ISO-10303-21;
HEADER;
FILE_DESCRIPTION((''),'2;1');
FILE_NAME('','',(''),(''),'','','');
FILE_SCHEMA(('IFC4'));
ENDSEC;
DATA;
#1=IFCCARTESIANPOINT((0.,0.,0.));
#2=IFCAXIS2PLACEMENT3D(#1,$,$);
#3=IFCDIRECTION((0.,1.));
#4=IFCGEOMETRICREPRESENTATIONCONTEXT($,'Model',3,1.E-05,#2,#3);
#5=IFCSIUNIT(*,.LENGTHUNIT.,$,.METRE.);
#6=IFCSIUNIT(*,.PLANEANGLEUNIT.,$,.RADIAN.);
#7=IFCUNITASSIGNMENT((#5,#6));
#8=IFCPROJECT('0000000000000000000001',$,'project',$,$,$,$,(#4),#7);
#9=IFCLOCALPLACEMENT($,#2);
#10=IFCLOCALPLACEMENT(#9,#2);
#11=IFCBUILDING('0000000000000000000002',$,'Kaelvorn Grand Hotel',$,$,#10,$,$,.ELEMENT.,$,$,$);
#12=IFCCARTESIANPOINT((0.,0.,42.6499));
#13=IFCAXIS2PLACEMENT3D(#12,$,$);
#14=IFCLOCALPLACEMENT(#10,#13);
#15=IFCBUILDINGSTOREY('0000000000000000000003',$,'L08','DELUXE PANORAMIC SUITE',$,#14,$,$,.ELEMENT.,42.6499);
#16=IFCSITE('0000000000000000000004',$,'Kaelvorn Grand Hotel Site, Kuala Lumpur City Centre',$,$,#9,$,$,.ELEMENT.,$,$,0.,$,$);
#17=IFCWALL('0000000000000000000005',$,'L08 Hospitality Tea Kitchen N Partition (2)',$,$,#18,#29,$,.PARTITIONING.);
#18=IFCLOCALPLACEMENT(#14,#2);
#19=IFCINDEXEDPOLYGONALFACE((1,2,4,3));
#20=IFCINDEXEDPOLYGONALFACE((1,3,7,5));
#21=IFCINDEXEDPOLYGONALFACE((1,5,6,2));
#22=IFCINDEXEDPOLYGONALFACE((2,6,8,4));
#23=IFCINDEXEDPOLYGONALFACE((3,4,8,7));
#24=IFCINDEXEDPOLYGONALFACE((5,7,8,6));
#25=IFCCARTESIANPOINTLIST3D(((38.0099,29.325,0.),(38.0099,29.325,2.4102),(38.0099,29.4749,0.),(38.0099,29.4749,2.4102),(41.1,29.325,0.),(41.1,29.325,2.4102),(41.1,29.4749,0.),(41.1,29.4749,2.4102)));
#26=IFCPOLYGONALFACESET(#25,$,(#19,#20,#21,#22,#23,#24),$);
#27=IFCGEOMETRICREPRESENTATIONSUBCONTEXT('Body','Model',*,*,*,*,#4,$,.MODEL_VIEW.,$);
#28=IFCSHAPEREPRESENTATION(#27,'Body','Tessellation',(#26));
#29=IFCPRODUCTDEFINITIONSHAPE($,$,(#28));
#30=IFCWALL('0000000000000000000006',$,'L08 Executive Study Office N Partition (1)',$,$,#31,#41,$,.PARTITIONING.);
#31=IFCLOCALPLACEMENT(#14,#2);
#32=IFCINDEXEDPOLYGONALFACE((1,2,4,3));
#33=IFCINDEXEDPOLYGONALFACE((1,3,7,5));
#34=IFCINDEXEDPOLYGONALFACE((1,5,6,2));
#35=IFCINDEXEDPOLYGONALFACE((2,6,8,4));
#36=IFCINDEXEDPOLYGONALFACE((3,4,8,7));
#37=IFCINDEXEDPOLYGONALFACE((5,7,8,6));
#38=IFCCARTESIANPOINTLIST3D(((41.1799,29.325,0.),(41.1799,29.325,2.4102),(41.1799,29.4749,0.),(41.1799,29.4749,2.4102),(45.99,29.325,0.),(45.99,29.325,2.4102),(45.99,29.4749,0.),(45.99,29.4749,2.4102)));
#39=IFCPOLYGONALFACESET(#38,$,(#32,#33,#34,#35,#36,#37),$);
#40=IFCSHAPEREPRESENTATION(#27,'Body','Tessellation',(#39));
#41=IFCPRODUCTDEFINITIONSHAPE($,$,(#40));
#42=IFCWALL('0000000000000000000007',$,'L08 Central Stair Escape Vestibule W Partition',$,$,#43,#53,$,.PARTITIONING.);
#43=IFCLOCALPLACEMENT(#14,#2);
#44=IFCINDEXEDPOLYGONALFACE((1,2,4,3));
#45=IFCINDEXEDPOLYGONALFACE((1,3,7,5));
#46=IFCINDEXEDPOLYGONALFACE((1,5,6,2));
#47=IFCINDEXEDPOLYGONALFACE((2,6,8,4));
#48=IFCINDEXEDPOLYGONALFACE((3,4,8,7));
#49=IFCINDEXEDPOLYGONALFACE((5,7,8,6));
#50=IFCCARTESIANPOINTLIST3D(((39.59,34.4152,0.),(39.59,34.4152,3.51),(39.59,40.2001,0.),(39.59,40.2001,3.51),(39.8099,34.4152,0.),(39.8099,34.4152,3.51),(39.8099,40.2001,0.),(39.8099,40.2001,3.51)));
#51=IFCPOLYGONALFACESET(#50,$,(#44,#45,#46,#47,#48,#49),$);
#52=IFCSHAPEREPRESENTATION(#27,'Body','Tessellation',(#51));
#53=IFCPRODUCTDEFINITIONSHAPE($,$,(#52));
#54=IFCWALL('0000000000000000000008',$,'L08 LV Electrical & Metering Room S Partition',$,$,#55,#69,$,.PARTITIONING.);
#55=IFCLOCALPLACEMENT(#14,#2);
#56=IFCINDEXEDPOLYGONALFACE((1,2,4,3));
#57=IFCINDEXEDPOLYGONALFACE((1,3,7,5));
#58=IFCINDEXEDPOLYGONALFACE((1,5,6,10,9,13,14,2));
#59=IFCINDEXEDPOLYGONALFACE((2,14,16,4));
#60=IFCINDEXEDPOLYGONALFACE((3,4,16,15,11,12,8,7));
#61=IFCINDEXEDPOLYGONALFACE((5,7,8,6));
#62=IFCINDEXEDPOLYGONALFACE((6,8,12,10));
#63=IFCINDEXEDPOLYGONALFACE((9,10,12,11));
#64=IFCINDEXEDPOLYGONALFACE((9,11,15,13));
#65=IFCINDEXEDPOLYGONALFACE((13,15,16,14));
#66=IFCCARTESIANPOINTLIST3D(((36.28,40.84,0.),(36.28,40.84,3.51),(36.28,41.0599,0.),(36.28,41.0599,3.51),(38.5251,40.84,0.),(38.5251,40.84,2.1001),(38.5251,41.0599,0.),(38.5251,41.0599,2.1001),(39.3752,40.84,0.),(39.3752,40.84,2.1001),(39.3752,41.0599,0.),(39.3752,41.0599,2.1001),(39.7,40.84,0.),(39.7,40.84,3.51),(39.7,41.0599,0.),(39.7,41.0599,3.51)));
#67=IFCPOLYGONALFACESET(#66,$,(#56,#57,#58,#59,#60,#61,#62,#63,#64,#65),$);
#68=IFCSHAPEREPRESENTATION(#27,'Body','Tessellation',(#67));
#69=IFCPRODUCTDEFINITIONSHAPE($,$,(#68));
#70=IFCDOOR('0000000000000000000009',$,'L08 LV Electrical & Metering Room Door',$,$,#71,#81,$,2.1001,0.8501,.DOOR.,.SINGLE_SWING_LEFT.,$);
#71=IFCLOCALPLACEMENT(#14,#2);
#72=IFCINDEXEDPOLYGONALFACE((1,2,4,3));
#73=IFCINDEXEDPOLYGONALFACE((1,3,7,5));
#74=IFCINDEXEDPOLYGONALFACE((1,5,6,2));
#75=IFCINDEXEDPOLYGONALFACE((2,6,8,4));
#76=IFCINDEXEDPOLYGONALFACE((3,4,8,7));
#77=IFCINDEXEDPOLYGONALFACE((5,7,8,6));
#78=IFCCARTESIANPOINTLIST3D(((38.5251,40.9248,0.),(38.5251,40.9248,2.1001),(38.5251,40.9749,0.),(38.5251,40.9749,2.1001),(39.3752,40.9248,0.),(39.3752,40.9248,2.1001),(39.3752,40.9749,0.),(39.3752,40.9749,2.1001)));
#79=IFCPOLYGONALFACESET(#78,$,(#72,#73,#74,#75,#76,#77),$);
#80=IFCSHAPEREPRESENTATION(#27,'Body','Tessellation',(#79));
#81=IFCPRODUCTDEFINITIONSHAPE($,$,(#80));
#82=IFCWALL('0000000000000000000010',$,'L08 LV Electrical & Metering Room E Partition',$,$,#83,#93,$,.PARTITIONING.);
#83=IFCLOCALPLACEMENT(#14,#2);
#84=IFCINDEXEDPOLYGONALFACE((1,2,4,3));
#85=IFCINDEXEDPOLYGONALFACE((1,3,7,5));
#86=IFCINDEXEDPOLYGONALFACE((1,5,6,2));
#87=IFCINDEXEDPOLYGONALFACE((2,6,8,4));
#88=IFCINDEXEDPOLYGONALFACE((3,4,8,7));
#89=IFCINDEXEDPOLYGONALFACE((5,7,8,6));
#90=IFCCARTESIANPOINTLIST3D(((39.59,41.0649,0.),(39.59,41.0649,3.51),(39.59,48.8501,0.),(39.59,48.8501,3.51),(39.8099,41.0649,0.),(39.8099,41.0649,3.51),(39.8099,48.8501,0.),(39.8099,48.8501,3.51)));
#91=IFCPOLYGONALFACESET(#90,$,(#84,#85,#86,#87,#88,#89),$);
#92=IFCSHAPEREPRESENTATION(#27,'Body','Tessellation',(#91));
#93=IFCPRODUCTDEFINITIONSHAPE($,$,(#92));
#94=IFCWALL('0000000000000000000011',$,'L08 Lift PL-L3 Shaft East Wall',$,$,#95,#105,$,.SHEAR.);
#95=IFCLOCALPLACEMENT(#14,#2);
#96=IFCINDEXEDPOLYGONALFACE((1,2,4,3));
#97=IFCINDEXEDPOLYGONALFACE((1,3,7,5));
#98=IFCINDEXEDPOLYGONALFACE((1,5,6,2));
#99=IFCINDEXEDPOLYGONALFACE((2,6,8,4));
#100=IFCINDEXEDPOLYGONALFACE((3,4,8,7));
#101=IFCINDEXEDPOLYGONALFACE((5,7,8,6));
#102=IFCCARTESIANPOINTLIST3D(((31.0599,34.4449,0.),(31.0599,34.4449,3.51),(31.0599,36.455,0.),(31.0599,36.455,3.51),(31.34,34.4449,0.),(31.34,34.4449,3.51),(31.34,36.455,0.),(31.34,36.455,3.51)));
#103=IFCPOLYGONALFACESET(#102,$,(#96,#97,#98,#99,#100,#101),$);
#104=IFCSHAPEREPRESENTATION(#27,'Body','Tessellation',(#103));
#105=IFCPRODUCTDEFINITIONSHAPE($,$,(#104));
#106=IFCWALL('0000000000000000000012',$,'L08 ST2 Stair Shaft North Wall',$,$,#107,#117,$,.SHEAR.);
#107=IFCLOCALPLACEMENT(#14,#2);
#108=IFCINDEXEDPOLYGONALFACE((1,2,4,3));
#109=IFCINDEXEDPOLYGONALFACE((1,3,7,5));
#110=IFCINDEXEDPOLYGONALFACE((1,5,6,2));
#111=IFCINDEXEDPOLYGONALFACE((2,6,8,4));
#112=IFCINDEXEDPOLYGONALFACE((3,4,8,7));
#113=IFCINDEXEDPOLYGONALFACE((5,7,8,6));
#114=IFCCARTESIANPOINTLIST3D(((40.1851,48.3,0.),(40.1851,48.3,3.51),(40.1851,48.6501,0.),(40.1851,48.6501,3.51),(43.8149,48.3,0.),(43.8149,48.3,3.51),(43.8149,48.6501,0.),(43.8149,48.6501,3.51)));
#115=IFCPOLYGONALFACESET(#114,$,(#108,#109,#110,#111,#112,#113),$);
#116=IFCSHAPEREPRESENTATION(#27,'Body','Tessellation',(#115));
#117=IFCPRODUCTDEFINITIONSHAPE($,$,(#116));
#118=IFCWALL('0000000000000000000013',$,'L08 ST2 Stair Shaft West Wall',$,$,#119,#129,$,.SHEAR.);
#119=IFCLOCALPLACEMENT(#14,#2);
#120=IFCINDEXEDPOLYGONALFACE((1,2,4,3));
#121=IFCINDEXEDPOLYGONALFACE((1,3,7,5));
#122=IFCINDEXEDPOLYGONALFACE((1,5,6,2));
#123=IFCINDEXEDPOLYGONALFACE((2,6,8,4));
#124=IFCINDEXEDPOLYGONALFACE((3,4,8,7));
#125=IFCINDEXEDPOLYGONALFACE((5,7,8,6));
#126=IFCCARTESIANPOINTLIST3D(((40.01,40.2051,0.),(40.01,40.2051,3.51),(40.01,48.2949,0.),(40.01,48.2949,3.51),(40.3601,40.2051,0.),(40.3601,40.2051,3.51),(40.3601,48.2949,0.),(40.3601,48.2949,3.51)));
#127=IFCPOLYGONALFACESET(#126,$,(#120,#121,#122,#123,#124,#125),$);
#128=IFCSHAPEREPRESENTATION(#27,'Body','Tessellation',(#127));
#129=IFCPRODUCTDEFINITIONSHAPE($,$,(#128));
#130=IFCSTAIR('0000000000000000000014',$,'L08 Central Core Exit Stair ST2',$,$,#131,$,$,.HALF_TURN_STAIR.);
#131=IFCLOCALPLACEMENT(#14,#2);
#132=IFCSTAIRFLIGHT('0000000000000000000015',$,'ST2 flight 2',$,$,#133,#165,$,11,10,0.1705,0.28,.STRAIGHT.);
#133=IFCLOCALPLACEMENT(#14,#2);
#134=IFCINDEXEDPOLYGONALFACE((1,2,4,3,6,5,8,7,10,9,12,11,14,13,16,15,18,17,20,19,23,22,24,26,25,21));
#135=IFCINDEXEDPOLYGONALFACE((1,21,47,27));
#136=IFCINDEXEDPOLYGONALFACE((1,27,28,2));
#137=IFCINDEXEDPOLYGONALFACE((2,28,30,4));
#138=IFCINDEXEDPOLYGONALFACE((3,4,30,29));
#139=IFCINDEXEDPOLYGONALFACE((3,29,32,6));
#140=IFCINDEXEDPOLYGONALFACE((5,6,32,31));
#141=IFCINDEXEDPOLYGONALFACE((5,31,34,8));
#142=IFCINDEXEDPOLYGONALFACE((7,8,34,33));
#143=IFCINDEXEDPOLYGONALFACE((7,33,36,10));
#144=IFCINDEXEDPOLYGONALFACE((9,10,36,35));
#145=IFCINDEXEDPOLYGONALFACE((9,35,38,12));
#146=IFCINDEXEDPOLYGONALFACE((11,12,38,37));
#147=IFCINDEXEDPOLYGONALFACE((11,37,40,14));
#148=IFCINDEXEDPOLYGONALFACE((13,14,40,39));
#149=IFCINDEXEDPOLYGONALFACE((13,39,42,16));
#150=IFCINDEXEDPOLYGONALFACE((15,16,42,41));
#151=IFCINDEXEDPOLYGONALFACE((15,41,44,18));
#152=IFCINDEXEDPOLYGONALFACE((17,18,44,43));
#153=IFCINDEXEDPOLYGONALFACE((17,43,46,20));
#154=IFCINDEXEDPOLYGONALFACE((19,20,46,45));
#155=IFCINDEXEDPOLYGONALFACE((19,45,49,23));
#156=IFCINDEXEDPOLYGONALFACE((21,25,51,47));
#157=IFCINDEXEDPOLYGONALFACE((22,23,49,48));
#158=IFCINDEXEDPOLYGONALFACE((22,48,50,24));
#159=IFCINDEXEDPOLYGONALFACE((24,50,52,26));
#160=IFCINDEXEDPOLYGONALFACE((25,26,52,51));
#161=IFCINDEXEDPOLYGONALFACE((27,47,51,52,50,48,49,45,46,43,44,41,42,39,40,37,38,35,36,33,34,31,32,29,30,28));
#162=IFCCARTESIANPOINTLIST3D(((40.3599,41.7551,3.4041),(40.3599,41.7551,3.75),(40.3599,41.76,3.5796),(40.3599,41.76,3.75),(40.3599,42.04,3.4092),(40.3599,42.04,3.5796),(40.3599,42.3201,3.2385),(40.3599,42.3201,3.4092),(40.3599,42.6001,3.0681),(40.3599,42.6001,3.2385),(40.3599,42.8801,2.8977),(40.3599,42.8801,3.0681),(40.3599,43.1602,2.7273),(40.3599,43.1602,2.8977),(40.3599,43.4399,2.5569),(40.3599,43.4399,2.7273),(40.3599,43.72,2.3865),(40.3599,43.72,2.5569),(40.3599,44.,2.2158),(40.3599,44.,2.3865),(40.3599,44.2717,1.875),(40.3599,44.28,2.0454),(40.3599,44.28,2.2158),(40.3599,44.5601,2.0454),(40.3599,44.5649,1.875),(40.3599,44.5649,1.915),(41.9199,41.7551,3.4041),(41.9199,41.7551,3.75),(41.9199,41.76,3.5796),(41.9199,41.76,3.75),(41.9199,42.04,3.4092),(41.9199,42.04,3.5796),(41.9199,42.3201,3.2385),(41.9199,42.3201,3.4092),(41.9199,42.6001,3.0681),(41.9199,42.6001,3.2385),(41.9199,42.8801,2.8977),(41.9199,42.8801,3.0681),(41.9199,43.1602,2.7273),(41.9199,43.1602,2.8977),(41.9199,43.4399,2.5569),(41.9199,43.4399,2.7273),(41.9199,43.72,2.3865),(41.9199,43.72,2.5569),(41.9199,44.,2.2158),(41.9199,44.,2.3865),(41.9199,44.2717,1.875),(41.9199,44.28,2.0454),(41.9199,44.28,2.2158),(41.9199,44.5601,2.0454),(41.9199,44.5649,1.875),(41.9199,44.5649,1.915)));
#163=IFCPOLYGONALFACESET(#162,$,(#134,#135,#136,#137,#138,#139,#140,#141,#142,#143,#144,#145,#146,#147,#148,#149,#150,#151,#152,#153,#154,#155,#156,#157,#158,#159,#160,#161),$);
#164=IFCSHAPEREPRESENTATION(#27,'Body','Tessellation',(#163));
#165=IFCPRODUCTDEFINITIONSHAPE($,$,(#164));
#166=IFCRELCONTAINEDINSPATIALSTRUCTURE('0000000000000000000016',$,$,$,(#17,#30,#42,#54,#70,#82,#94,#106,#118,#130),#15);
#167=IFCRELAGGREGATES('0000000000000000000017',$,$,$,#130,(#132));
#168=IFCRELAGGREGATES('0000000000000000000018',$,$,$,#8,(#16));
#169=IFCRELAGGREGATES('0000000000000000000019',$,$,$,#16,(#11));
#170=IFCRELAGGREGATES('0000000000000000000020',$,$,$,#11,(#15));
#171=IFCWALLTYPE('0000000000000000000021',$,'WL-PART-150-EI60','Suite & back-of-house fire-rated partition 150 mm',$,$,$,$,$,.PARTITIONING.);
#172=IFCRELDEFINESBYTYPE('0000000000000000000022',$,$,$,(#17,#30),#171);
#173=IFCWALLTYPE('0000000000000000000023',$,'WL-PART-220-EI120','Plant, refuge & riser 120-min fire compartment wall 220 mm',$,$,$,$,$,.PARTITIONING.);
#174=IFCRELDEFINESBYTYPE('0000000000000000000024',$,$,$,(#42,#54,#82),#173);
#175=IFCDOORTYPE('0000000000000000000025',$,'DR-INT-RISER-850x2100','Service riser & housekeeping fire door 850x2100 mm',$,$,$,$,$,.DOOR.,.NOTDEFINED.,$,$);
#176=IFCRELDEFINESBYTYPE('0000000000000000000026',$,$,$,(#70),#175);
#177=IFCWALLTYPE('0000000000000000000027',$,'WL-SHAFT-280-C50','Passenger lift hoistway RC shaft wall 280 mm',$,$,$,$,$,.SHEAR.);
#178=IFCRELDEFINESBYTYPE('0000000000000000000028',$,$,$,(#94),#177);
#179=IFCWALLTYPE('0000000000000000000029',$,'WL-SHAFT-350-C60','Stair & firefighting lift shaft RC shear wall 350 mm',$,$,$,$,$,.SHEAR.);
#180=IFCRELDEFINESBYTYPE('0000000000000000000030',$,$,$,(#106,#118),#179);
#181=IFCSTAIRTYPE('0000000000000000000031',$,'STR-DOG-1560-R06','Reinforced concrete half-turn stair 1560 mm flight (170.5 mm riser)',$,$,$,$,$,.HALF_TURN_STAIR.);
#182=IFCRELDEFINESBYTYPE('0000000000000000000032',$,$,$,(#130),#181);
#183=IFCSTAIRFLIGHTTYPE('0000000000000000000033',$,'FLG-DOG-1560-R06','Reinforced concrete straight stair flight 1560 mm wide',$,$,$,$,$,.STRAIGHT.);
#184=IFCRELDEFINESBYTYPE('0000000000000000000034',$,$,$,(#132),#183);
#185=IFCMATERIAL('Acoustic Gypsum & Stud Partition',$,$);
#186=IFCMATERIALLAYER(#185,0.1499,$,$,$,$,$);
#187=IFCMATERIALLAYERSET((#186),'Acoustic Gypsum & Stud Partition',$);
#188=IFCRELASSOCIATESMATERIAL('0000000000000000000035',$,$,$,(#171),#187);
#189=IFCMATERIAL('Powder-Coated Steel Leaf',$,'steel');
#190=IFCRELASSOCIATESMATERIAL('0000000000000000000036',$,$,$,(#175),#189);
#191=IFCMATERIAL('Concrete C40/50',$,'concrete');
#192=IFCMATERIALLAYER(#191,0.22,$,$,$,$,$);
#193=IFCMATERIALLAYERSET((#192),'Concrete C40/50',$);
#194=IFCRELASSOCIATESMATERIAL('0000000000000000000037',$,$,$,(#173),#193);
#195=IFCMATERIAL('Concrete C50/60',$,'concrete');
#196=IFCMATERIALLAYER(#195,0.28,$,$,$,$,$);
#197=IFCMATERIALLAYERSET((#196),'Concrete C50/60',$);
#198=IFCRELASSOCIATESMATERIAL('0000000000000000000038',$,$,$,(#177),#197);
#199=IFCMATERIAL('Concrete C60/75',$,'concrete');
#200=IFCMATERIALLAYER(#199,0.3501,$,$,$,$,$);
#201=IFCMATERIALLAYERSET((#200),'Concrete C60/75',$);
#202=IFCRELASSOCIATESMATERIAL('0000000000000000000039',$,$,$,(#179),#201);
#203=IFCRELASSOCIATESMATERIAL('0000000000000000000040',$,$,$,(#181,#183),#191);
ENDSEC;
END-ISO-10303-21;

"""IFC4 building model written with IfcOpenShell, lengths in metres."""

from ifc_helpers import new_model, si_unit, direction, frame, frame_2d, origin, place, context, subcontext, project, spatial, polyline, rectangle, outline, extrude, material, layer, layer_set, type_object, element, fill, aggregate, save


model = new_model("IFC4")

# Units and contexts
model_context = context("Model", 3, precision=1e-05, world=origin(), true_north=direction((0.0, 1.0)))
body_context = subcontext(model_context, "Body", "Model", "MODEL_VIEW")
ifc_project = project(units=[si_unit("LENGTHUNIT", "METRE"), si_unit("PLANEANGLEUNIT", "RADIAN")], contexts=[model_context])

# Site, building, storey
site_placement = place(None, origin())
site = spatial("IfcSite", under=ifc_project, at=site_placement, Name="Kaelvorn Grand Hotel Site, Kuala Lumpur City Centre", CompositionType="ELEMENT", RefElevation=0.0)
building_placement = place(site_placement, origin())
building = spatial("IfcBuilding", under=site, at=building_placement, Name="Kaelvorn Grand Hotel", CompositionType="ELEMENT")
storey_placement = place(building_placement, frame((0.0, 0.0, 42.6499)))
storey = spatial("IfcBuildingStorey", under=building, at=storey_placement, Name="L08", Description="DELUXE PANORAMIC SUITE", CompositionType="ELEMENT", Elevation=42.6499)

# Shared definitions
ifc_material_1 = material(Name="Concrete C60/75", Category="concrete")

# Shared definitions
ifc_material_2 = material(Name="Acoustic Gypsum & Stud Partition")
ifc_layer_1 = layer(ifc_material_2, 0.1499)
ifc_layer_set_1 = layer_set([ifc_layer_1], Name="Acoustic Gypsum & Stud Partition")
wall_type_1 = type_object("IfcWallType", Name="WL-PART-150-EI60", Description="Suite & back-of-house fire-rated partition 150 mm", PredefinedType="PARTITIONING", material=ifc_layer_set_1)
ifc_material_3 = material(Name="Powder-Coated Steel Leaf", Category="steel")
door_type_1 = type_object("IfcDoorType", Name="DR-INT-RISER-850x2100", Description="Service riser & housekeeping fire door 850x2100 mm", OperationType="NOTDEFINED", PredefinedType="DOOR", material=ifc_material_3)

# Walls
wall_1_placement = place(storey_placement, frame((38.01, 29.3999, 0.0), z_axis=(0.0, 0.0, 1.0), x_axis=(1.0, 0.0, 0.0)))
element("IfcWall", 1, at=wall_1_placement, inside=storey, type_object=wall_type_1, Name="L08 Hospitality Tea Kitchen N Partition (2)", PredefinedType="PARTITIONING", context=body_context, shape_type="SweptSolid", body=[
    extrude(rectangle(XDim=3.0901, YDim=0.1499, at=frame_2d((1.5449, 0.0))), origin(), (0.0, 0.0, 1.0), 2.4102),
])
wall_2_placement = place(storey_placement, frame((41.1799, 29.3999, 0.0), z_axis=(0.0, 0.0, 1.0), x_axis=(1.0, 0.0, 0.0)))
element("IfcWall", 2, at=wall_2_placement, inside=storey, type_object=wall_type_1, Name="L08 Executive Study Office N Partition (1)", PredefinedType="PARTITIONING", context=body_context, shape_type="SweptSolid", body=[
    extrude(rectangle(XDim=4.8101, YDim=0.1499, at=frame_2d((2.405, 0.0))), origin(), (0.0, 0.0, 1.0), 2.4102),
])

# Shared definitions
ifc_material_4 = material(Name="Concrete C40/50", Category="concrete")
ifc_layer_2 = layer(ifc_material_4, 0.22)
ifc_layer_set_2 = layer_set([ifc_layer_2], Name="Concrete C40/50")
wall_type_2 = type_object("IfcWallType", Name="WL-PART-220-EI120", Description="Plant, refuge & riser 120-min fire compartment wall 220 mm", PredefinedType="PARTITIONING", material=ifc_layer_set_2)

# Wall
wall_3_placement = place(storey_placement, frame((39.7, 34.415, 0.0), z_axis=(0.0, 0.0, 1.0), x_axis=(0.0, 1.0, 0.0)))
element("IfcWall", 3, at=wall_3_placement, inside=storey, type_object=wall_type_2, Name="L08 Central Stair Escape Vestibule W Partition", PredefinedType="PARTITIONING", context=body_context, shape_type="SweptSolid", body=[
    extrude(rectangle(XDim=5.7849, YDim=0.22, at=frame_2d((2.8926, 0.0))), origin(), (0.0, 0.0, 1.0), 3.51),
])

# Wall, opening, door
wall_4_placement = place(storey_placement, frame((36.28, 40.95, 0.0), z_axis=(0.0, 0.0, 1.0), x_axis=(1.0, 0.0, 0.0)))
wall_4 = element("IfcWall", 4, at=wall_4_placement, inside=storey, type_object=wall_type_2, Name="L08 LV Electrical & Metering Room S Partition", PredefinedType="PARTITIONING", context=body_context, shape_type="SweptSolid", body=[
    extrude(rectangle(XDim=3.4199, YDim=0.22, at=frame_2d((1.71, 0.0))), origin(), (0.0, 0.0, 1.0), 3.51),
])
opening_1_placement = place(wall_4_placement, frame((2.2451, 0.0, 0.0)))
opening_1 = element("IfcOpeningElement", 5, at=opening_1_placement, cuts=wall_4, PredefinedType="OPENING", context=body_context, shape_type="SweptSolid", body=[
    extrude(rectangle(XDim=0.8501, YDim=2.1001, at=frame_2d((0.425, 1.05))), frame((0.0, 0.1201, 0.0), z_axis=(0.0, -1.0, 0.0), x_axis=(1.0, 0.0, 0.0)), (0.0, 0.0, 1.0), 0.24),
])
door_1_placement = place(opening_1_placement, origin())
door_1 = element("IfcDoor", 6, at=door_1_placement, inside=storey, type_object=door_type_1, Name="L08 LV Electrical & Metering Room Door", OperationType="SINGLE_SWING_LEFT", OverallHeight=2.1001, OverallWidth=0.8501, PredefinedType="DOOR", context=body_context, shape_type="SweptSolid", body=[
    extrude(rectangle(XDim=0.8501, YDim=2.1001, at=frame_2d((0.425, 1.05))), frame((0.0, 0.0249, 0.0), z_axis=(0.0, -1.0, 0.0), x_axis=(1.0, 0.0, 0.0)), (0.0, 0.0, 1.0), 0.05),
])
fill(opening_1, door_1)

# Walls
wall_5_placement = place(storey_placement, frame((39.7, 41.0649, 0.0), z_axis=(0.0, 0.0, 1.0), x_axis=(0.0, 1.0, 0.0)))
element("IfcWall", 7, at=wall_5_placement, inside=storey, type_object=wall_type_2, Name="L08 LV Electrical & Metering Room E Partition", PredefinedType="PARTITIONING", context=body_context, shape_type="SweptSolid", body=[
    extrude(rectangle(XDim=7.7852, YDim=0.22, at=frame_2d((3.8926, 0.0))), origin(), (0.0, 0.0, 1.0), 3.51),
])
ifc_material_5 = material(Name="Concrete C50/60", Category="concrete")
ifc_layer_3 = layer(ifc_material_5, 0.28)
ifc_layer_set_3 = layer_set([ifc_layer_3], Name="Concrete C50/60")
wall_type_3 = type_object("IfcWallType", Name="WL-SHAFT-280-C50", Description="Passenger lift hoistway RC shaft wall 280 mm", PredefinedType="SHEAR", material=ifc_layer_set_3)
wall_6_placement = place(storey_placement, frame((31.2, 34.4451, 0.0), z_axis=(0.0, 0.0, 1.0), x_axis=(0.0, 1.0, 0.0)))
element("IfcWall", 8, at=wall_6_placement, inside=storey, type_object=wall_type_3, Name="L08 Lift PL-L3 Shaft East Wall", PredefinedType="SHEAR", context=body_context, shape_type="SweptSolid", body=[
    extrude(rectangle(XDim=2.01, YDim=0.28, at=frame_2d((1.0049, 0.0))), origin(), (0.0, 0.0, 1.0), 3.51),
])

# Shared definitions
ifc_layer_4 = layer(ifc_material_1, 0.3501)
ifc_layer_set_4 = layer_set([ifc_layer_4], Name="Concrete C60/75")
wall_type_4 = type_object("IfcWallType", Name="WL-SHAFT-350-C60", Description="Stair & firefighting lift shaft RC shear wall 350 mm", PredefinedType="SHEAR", material=ifc_layer_set_4)

# Walls
wall_7_placement = place(storey_placement, frame((40.1851, 48.4751, 0.0), z_axis=(0.0, 0.0, 1.0), x_axis=(1.0, 0.0, 0.0)))
element("IfcWall", 9, at=wall_7_placement, inside=storey, type_object=wall_type_4, Name="L08 ST2 Stair Shaft North Wall", PredefinedType="SHEAR", context=body_context, shape_type="SweptSolid", body=[
    extrude(rectangle(XDim=3.6299, YDim=0.3501, at=frame_2d((1.8149, 0.0))), origin(), (0.0, 0.0, 1.0), 3.51),
])
wall_8_placement = place(storey_placement, frame((40.1851, 40.2051, 0.0), z_axis=(0.0, 0.0, 1.0), x_axis=(0.0, 1.0, 0.0)))
element("IfcWall", 10, at=wall_8_placement, inside=storey, type_object=wall_type_4, Name="L08 ST2 Stair Shaft West Wall", PredefinedType="SHEAR", context=body_context, shape_type="SweptSolid", body=[
    extrude(rectangle(XDim=8.0898, YDim=0.3501, at=frame_2d((4.0449, 0.0))), origin(), (0.0, 0.0, 1.0), 3.51),
])

# Stair, stair flight
stair_type = type_object("IfcStairType", Name="STR-DOG-1560-R06", Description="Reinforced concrete half-turn stair 1560 mm flight (170.5 mm riser)", PredefinedType="HALF_TURN_STAIR", material=ifc_material_4)
stair_placement = place(storey_placement, origin())
stair = element("IfcStair", 11, at=stair_placement, inside=storey, type_object=stair_type, Name="L08 Central Core Exit Stair ST2", PredefinedType="HALF_TURN_STAIR")
stair_flight_type = type_object("IfcStairFlightType", Name="FLG-DOG-1560-R06", Description="Reinforced concrete straight stair flight 1560 mm wide", PredefinedType="STRAIGHT", material=ifc_material_4)
stair_flight_placement = place(storey_placement, frame((41.1399, 44.5601, 1.875), z_axis=(0.0, 0.0, 1.0), x_axis=(0.0, -1.0, 0.0)))
stair_flight = element("IfcStairFlight", 12, at=stair_flight_placement, type_object=stair_flight_type, Name="ST2 flight 2", NumberOfRisers=11, NumberOfTreads=10, PredefinedType="STRAIGHT", RiserHeight=0.1705, TreadLength=0.28, context=body_context, shape_type="SweptSolid", body=[
    extrude(outline(polyline([(-0.0049, 0.0), (-0.0049, 0.04), (0.0, 0.1704), (0.28, 0.1704), (0.28, 0.3408), (0.5601, 0.3408), (0.5601, 0.5115), (0.8401, 0.5115), (0.8401, 0.6819), (1.1201, 0.6819), (1.1201, 0.8523), (1.3999, 0.8523), (1.3999, 1.0227), (1.6799, 1.0227), (1.6799, 1.1931), (1.96, 1.1931), (1.96, 1.3635), (2.24, 1.3635), (2.24, 1.5342), (2.52, 1.5342), (2.52, 1.7046), (2.8, 1.7046), (2.8, 1.875), (2.8049, 1.875), (2.8049, 1.5291), (0.2883, 0.0), (-0.0049, 0.0)])), frame((0.0, 0.78, 0.0), z_axis=(0.0, -1.0, 0.0), x_axis=(1.0, 0.0, 0.0)), (0.0, 0.0, 1.0), 1.5601),
])
aggregate(stair, [stair_flight])

save(model, "model.ifc")
